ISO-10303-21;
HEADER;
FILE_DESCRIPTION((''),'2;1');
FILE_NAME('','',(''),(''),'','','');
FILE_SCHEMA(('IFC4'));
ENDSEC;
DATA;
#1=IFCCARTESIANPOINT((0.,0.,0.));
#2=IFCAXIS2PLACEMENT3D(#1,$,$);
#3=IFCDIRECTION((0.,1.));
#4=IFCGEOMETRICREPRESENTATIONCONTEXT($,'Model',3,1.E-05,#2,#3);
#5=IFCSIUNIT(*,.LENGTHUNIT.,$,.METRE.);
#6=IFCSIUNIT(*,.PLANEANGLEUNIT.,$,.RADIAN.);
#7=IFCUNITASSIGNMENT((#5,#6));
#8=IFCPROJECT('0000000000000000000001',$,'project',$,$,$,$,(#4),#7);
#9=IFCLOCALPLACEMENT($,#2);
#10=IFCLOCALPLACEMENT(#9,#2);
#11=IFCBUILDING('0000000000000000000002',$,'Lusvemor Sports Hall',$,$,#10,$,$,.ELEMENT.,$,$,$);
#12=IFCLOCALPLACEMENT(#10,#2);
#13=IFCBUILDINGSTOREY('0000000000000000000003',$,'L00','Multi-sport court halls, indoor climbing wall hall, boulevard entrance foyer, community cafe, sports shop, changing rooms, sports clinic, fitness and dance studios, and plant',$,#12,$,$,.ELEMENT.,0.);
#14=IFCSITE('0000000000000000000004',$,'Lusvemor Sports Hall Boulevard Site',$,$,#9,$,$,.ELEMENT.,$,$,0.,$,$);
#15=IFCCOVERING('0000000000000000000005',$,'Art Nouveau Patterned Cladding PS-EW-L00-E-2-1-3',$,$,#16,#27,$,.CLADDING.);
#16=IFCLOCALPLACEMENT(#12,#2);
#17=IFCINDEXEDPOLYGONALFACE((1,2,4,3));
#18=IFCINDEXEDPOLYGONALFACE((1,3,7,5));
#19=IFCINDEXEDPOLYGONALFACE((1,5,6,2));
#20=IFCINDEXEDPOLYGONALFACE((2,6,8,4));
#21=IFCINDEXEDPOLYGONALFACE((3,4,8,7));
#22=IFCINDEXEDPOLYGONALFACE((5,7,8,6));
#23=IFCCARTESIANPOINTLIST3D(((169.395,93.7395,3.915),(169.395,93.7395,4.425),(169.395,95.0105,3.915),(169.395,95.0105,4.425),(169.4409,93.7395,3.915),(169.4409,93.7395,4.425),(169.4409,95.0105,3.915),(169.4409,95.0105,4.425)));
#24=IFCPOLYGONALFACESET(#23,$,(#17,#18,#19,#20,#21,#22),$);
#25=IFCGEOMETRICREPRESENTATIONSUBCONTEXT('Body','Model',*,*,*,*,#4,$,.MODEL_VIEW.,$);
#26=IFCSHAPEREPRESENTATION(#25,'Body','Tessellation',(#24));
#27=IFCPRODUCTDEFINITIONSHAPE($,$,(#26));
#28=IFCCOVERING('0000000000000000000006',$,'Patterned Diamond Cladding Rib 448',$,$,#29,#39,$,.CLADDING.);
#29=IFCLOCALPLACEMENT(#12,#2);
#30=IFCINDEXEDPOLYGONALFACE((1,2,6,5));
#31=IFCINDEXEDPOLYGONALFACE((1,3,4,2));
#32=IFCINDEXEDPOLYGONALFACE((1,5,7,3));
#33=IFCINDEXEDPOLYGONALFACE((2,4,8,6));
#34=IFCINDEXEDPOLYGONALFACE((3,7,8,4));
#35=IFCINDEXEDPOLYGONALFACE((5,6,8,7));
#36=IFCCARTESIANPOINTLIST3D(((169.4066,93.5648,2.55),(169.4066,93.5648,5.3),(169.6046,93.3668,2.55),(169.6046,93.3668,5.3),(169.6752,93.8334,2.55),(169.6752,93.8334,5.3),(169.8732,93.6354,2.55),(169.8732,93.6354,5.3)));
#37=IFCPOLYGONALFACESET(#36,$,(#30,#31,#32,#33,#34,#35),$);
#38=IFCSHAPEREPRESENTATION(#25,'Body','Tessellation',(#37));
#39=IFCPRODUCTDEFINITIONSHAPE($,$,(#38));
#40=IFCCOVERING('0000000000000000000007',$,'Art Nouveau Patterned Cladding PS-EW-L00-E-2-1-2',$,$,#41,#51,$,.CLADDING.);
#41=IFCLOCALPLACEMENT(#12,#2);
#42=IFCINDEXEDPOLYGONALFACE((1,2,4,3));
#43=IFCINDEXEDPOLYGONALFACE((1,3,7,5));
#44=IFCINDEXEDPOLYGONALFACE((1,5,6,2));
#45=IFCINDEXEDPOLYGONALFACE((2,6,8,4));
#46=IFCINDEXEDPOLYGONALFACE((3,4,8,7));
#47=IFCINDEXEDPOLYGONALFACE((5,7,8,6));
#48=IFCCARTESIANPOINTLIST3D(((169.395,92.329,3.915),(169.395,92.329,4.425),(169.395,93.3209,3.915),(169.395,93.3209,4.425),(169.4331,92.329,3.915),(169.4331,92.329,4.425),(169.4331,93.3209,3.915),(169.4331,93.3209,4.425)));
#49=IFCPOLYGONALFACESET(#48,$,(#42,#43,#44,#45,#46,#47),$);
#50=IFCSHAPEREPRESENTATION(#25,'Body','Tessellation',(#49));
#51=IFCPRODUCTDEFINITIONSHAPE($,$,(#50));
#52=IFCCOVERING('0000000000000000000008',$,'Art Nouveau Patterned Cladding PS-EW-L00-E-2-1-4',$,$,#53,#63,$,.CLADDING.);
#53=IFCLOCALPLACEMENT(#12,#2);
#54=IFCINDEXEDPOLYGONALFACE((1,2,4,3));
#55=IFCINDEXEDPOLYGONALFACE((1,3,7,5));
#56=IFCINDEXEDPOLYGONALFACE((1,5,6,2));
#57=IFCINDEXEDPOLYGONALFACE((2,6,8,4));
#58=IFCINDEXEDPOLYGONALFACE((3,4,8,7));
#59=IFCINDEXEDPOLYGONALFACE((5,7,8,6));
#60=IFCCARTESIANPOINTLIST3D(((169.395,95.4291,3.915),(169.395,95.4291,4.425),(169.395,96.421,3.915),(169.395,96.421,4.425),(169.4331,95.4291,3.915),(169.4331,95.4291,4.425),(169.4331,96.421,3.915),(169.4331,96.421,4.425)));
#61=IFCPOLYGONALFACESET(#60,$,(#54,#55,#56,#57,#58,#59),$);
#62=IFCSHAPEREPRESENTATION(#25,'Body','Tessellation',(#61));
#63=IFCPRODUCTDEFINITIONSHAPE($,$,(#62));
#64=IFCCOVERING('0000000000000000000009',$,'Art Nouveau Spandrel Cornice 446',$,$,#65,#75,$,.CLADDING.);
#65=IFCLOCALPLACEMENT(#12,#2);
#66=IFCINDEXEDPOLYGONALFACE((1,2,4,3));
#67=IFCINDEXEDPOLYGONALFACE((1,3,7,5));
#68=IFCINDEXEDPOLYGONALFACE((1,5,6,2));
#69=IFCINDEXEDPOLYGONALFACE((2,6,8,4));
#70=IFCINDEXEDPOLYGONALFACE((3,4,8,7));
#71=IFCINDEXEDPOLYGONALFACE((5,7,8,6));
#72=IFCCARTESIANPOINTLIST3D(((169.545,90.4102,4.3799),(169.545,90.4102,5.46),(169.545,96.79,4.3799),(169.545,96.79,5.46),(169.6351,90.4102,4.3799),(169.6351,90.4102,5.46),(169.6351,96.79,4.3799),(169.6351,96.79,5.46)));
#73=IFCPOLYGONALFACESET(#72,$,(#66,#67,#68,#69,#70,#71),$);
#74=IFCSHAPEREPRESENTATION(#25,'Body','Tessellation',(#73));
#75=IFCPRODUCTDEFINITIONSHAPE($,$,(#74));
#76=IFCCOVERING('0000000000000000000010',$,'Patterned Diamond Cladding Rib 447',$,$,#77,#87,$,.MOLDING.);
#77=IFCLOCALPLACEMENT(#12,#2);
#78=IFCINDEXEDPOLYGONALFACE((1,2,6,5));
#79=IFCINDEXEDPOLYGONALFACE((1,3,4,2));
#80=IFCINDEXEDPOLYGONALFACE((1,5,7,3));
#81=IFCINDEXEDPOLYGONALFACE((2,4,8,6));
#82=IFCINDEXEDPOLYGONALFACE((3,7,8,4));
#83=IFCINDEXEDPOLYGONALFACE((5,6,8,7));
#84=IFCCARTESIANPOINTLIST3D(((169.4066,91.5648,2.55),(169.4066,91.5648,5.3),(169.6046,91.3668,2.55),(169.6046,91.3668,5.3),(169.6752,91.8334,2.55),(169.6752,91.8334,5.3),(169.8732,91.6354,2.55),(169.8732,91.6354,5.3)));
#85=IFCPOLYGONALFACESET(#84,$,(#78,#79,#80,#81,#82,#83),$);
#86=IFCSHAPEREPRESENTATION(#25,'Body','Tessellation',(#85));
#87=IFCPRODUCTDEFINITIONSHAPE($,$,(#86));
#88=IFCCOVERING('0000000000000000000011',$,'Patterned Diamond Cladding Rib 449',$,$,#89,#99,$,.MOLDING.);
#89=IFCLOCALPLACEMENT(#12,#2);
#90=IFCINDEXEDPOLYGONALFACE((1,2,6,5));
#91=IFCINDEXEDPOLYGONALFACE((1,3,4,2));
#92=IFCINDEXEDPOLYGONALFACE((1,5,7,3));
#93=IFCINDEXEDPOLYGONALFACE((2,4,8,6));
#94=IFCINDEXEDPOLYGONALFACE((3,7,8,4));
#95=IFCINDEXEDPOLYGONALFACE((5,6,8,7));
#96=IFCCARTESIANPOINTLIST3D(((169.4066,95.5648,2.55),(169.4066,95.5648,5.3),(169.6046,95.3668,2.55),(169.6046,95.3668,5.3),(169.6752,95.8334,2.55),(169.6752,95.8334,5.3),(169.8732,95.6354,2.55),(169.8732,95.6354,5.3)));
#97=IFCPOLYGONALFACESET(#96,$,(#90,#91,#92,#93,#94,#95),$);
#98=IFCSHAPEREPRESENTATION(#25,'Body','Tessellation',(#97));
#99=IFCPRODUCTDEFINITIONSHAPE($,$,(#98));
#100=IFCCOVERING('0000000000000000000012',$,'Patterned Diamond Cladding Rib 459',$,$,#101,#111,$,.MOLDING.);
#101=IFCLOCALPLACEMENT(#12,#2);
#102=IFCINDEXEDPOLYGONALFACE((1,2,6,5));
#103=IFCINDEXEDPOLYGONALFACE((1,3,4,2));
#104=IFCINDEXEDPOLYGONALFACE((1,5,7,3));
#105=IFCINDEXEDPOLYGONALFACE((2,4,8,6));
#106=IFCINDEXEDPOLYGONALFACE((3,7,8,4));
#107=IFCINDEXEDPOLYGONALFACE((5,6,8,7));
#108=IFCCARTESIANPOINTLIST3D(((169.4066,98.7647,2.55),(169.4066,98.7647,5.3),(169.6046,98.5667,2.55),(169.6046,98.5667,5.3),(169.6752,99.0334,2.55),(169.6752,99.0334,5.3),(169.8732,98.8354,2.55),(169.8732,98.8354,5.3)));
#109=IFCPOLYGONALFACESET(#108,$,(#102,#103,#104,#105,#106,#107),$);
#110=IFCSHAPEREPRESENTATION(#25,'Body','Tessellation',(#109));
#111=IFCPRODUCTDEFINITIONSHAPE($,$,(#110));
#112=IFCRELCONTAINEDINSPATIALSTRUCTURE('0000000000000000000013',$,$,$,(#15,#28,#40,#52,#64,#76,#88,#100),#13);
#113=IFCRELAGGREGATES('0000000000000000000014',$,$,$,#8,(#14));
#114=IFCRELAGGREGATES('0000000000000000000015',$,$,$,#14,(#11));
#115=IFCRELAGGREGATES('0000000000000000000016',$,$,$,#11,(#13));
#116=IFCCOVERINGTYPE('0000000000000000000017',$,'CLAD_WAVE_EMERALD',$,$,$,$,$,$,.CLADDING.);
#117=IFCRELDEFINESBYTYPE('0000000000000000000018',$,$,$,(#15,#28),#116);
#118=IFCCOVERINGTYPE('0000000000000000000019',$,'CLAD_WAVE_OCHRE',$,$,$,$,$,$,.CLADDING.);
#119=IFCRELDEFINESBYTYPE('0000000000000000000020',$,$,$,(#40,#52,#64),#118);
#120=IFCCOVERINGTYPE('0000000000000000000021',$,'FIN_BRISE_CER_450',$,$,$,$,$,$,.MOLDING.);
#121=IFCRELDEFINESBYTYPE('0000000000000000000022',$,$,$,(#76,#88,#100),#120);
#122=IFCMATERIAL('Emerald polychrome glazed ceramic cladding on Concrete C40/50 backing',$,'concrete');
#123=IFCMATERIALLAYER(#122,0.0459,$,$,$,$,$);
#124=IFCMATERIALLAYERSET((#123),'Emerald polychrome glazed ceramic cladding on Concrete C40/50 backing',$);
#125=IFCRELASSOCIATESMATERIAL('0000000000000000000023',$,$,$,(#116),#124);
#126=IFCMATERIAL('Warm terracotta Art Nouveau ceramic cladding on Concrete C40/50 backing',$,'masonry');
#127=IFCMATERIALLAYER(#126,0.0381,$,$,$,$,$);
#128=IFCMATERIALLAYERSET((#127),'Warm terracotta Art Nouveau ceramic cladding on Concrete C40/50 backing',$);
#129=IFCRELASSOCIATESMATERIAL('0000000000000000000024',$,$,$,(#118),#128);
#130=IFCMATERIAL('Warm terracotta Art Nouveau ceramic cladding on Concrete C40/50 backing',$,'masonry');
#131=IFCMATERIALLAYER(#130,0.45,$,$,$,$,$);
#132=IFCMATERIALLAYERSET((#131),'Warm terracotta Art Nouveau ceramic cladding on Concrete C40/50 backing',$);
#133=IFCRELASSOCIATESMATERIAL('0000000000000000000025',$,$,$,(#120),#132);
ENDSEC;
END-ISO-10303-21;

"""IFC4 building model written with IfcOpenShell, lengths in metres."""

from ifc_helpers import new_model, si_unit, direction, frame, origin, origin_2d, place, context, subcontext, project, spatial, rectangle, extrude, material, layer, layer_set, type_object, element, save


model = new_model("IFC4")

# Units and contexts
model_context = context("Model", 3, precision=1e-05, world=origin(), true_north=direction((0.0, 1.0)))
body_context = subcontext(model_context, "Body", "Model", "MODEL_VIEW")
ifc_project = project(units=[si_unit("LENGTHUNIT", "METRE"), si_unit("PLANEANGLEUNIT", "RADIAN")], contexts=[model_context])

# Site, building, storey
site_placement = place(None, origin())
site = spatial("IfcSite", under=ifc_project, at=site_placement, Name="Lusvemor Sports Hall Boulevard Site", CompositionType="ELEMENT", RefElevation=0.0)
building_placement = place(site_placement, origin())
building = spatial("IfcBuilding", under=site, at=building_placement, Name="Lusvemor Sports Hall", CompositionType="ELEMENT")
storey_placement = place(building_placement, origin())
storey = spatial("IfcBuildingStorey", under=building, at=storey_placement, Name="L00", Description="Multi-sport court halls, indoor climbing wall hall, boulevard entrance foyer, community cafe, sports shop, changing rooms, sports clinic, fitness and dance studios, and plant", CompositionType="ELEMENT", Elevation=0.0)

# Coverings
ifc_material_1 = material(Name="Emerald polychrome glazed ceramic cladding on Concrete C40/50 backing", Category="concrete")
ifc_layer_1 = layer(ifc_material_1, 0.0459)
ifc_layer_set_1 = layer_set([ifc_layer_1], Name="Emerald polychrome glazed ceramic cladding on Concrete C40/50 backing")
covering_type_1 = type_object("IfcCoveringType", Name="CLAD_WAVE_EMERALD", PredefinedType="CLADDING", material=ifc_layer_set_1)
for number, where, z_axis, x_axis, name in (
    (1, (169.418, 94.375, 3.915), (0.0, 0.0, 1.0), (1.0, 0.0, 0.0), "Art Nouveau Patterned Cladding PS-EW-L00-E-2-1-3"),
):
    element("IfcCovering", number, at=place(storey_placement, frame(where, z_axis=z_axis, x_axis=x_axis)), inside=storey, type_object=covering_type_1, Name=name, PredefinedType="CLADDING", context=body_context, shape_type="SweptSolid", body=[
        extrude(rectangle(XDim=0.0459, YDim=1.271, at=origin_2d()), origin(), (0.0, 0.0, 1.0), 0.51),
    ])
covering_1_placement = place(storey_placement, frame((169.6399, 93.6001, 2.55), z_axis=(0.0, 0.0, 1.0), x_axis=(0.707107, 0.707107, 0.0)))
element("IfcCovering", 2, at=covering_1_placement, inside=storey, type_object=covering_type_1, Name="Patterned Diamond Cladding Rib 448", PredefinedType="CLADDING", context=body_context, shape_type="SweptSolid", body=[
    extrude(rectangle(XDim=0.3799, YDim=0.28, at=origin_2d()), origin(), (0.0, 0.0, 1.0), 2.75),
])
ifc_material_2 = material(Name="Warm terracotta Art Nouveau ceramic cladding on Concrete C40/50 backing", Category="masonry")
ifc_layer_2 = layer(ifc_material_2, 0.0381)
ifc_layer_set_2 = layer_set([ifc_layer_2], Name="Warm terracotta Art Nouveau ceramic cladding on Concrete C40/50 backing")
covering_type_2 = type_object("IfcCoveringType", Name="CLAD_WAVE_OCHRE", PredefinedType="CLADDING", material=ifc_layer_set_2)
for number, where, z_axis, x_axis, name in (
    (3, (169.4141, 92.825, 3.915), (0.0, 0.0, 1.0), (1.0, 0.0, 0.0), "Art Nouveau Patterned Cladding PS-EW-L00-E-2-1-2"),
    (4, (169.4141, 95.925, 3.915), (0.0, 0.0, 1.0), (1.0, 0.0, 0.0), "Art Nouveau Patterned Cladding PS-EW-L00-E-2-1-4"),
):
    element("IfcCovering", number, at=place(storey_placement, frame(where, z_axis=z_axis, x_axis=x_axis)), inside=storey, type_object=covering_type_2, Name=name, PredefinedType="CLADDING", context=body_context, shape_type="SweptSolid", body=[
        extrude(rectangle(XDim=0.0381, YDim=0.9919, at=origin_2d()), origin(), (0.0, 0.0, 1.0), 0.51),
    ])
covering_2_placement = place(storey_placement, frame((169.5901, 93.6001, 4.3799), z_axis=(0.0, 0.0, 1.0), x_axis=(1.0, 0.0, 0.0)))
element("IfcCovering", 5, at=covering_2_placement, inside=storey, type_object=covering_type_2, Name="Art Nouveau Spandrel Cornice 446", PredefinedType="CLADDING", context=body_context, shape_type="SweptSolid", body=[
    extrude(rectangle(XDim=0.0901, YDim=6.3799, at=origin_2d()), origin(), (0.0, 0.0, 1.0), 1.0801),
])
ifc_material_3 = material(Name="Warm terracotta Art Nouveau ceramic cladding on Concrete C40/50 backing", Category="masonry")
ifc_layer_3 = layer(ifc_material_3, 0.45)
ifc_layer_set_3 = layer_set([ifc_layer_3], Name="Warm terracotta Art Nouveau ceramic cladding on Concrete C40/50 backing")
covering_type_3 = type_object("IfcCoveringType", Name="FIN_BRISE_CER_450", PredefinedType="MOLDING", material=ifc_layer_set_3)
for number, where, z_axis, x_axis, name in (
    (6, (169.6399, 91.6001, 2.55), (0.0, 0.0, 1.0), (0.707107, 0.707107, 0.0), "Patterned Diamond Cladding Rib 447"),
    (7, (169.6399, 95.6001, 2.55), (0.0, 0.0, 1.0), (0.707107, 0.707107, 0.0), "Patterned Diamond Cladding Rib 449"),
    (8, (169.6399, 98.8, 2.55), (0.0, 0.0, 1.0), (0.707107, 0.707107, 0.0), "Patterned Diamond Cladding Rib 459"),
):
    element("IfcCovering", number, at=place(storey_placement, frame(where, z_axis=z_axis, x_axis=x_axis)), inside=storey, type_object=covering_type_3, Name=name, PredefinedType="MOLDING", context=body_context, shape_type="SweptSolid", body=[
        extrude(rectangle(XDim=0.3799, YDim=0.28, at=origin_2d()), origin(), (0.0, 0.0, 1.0), 2.75),
    ])

save(model, "model.ifc")
